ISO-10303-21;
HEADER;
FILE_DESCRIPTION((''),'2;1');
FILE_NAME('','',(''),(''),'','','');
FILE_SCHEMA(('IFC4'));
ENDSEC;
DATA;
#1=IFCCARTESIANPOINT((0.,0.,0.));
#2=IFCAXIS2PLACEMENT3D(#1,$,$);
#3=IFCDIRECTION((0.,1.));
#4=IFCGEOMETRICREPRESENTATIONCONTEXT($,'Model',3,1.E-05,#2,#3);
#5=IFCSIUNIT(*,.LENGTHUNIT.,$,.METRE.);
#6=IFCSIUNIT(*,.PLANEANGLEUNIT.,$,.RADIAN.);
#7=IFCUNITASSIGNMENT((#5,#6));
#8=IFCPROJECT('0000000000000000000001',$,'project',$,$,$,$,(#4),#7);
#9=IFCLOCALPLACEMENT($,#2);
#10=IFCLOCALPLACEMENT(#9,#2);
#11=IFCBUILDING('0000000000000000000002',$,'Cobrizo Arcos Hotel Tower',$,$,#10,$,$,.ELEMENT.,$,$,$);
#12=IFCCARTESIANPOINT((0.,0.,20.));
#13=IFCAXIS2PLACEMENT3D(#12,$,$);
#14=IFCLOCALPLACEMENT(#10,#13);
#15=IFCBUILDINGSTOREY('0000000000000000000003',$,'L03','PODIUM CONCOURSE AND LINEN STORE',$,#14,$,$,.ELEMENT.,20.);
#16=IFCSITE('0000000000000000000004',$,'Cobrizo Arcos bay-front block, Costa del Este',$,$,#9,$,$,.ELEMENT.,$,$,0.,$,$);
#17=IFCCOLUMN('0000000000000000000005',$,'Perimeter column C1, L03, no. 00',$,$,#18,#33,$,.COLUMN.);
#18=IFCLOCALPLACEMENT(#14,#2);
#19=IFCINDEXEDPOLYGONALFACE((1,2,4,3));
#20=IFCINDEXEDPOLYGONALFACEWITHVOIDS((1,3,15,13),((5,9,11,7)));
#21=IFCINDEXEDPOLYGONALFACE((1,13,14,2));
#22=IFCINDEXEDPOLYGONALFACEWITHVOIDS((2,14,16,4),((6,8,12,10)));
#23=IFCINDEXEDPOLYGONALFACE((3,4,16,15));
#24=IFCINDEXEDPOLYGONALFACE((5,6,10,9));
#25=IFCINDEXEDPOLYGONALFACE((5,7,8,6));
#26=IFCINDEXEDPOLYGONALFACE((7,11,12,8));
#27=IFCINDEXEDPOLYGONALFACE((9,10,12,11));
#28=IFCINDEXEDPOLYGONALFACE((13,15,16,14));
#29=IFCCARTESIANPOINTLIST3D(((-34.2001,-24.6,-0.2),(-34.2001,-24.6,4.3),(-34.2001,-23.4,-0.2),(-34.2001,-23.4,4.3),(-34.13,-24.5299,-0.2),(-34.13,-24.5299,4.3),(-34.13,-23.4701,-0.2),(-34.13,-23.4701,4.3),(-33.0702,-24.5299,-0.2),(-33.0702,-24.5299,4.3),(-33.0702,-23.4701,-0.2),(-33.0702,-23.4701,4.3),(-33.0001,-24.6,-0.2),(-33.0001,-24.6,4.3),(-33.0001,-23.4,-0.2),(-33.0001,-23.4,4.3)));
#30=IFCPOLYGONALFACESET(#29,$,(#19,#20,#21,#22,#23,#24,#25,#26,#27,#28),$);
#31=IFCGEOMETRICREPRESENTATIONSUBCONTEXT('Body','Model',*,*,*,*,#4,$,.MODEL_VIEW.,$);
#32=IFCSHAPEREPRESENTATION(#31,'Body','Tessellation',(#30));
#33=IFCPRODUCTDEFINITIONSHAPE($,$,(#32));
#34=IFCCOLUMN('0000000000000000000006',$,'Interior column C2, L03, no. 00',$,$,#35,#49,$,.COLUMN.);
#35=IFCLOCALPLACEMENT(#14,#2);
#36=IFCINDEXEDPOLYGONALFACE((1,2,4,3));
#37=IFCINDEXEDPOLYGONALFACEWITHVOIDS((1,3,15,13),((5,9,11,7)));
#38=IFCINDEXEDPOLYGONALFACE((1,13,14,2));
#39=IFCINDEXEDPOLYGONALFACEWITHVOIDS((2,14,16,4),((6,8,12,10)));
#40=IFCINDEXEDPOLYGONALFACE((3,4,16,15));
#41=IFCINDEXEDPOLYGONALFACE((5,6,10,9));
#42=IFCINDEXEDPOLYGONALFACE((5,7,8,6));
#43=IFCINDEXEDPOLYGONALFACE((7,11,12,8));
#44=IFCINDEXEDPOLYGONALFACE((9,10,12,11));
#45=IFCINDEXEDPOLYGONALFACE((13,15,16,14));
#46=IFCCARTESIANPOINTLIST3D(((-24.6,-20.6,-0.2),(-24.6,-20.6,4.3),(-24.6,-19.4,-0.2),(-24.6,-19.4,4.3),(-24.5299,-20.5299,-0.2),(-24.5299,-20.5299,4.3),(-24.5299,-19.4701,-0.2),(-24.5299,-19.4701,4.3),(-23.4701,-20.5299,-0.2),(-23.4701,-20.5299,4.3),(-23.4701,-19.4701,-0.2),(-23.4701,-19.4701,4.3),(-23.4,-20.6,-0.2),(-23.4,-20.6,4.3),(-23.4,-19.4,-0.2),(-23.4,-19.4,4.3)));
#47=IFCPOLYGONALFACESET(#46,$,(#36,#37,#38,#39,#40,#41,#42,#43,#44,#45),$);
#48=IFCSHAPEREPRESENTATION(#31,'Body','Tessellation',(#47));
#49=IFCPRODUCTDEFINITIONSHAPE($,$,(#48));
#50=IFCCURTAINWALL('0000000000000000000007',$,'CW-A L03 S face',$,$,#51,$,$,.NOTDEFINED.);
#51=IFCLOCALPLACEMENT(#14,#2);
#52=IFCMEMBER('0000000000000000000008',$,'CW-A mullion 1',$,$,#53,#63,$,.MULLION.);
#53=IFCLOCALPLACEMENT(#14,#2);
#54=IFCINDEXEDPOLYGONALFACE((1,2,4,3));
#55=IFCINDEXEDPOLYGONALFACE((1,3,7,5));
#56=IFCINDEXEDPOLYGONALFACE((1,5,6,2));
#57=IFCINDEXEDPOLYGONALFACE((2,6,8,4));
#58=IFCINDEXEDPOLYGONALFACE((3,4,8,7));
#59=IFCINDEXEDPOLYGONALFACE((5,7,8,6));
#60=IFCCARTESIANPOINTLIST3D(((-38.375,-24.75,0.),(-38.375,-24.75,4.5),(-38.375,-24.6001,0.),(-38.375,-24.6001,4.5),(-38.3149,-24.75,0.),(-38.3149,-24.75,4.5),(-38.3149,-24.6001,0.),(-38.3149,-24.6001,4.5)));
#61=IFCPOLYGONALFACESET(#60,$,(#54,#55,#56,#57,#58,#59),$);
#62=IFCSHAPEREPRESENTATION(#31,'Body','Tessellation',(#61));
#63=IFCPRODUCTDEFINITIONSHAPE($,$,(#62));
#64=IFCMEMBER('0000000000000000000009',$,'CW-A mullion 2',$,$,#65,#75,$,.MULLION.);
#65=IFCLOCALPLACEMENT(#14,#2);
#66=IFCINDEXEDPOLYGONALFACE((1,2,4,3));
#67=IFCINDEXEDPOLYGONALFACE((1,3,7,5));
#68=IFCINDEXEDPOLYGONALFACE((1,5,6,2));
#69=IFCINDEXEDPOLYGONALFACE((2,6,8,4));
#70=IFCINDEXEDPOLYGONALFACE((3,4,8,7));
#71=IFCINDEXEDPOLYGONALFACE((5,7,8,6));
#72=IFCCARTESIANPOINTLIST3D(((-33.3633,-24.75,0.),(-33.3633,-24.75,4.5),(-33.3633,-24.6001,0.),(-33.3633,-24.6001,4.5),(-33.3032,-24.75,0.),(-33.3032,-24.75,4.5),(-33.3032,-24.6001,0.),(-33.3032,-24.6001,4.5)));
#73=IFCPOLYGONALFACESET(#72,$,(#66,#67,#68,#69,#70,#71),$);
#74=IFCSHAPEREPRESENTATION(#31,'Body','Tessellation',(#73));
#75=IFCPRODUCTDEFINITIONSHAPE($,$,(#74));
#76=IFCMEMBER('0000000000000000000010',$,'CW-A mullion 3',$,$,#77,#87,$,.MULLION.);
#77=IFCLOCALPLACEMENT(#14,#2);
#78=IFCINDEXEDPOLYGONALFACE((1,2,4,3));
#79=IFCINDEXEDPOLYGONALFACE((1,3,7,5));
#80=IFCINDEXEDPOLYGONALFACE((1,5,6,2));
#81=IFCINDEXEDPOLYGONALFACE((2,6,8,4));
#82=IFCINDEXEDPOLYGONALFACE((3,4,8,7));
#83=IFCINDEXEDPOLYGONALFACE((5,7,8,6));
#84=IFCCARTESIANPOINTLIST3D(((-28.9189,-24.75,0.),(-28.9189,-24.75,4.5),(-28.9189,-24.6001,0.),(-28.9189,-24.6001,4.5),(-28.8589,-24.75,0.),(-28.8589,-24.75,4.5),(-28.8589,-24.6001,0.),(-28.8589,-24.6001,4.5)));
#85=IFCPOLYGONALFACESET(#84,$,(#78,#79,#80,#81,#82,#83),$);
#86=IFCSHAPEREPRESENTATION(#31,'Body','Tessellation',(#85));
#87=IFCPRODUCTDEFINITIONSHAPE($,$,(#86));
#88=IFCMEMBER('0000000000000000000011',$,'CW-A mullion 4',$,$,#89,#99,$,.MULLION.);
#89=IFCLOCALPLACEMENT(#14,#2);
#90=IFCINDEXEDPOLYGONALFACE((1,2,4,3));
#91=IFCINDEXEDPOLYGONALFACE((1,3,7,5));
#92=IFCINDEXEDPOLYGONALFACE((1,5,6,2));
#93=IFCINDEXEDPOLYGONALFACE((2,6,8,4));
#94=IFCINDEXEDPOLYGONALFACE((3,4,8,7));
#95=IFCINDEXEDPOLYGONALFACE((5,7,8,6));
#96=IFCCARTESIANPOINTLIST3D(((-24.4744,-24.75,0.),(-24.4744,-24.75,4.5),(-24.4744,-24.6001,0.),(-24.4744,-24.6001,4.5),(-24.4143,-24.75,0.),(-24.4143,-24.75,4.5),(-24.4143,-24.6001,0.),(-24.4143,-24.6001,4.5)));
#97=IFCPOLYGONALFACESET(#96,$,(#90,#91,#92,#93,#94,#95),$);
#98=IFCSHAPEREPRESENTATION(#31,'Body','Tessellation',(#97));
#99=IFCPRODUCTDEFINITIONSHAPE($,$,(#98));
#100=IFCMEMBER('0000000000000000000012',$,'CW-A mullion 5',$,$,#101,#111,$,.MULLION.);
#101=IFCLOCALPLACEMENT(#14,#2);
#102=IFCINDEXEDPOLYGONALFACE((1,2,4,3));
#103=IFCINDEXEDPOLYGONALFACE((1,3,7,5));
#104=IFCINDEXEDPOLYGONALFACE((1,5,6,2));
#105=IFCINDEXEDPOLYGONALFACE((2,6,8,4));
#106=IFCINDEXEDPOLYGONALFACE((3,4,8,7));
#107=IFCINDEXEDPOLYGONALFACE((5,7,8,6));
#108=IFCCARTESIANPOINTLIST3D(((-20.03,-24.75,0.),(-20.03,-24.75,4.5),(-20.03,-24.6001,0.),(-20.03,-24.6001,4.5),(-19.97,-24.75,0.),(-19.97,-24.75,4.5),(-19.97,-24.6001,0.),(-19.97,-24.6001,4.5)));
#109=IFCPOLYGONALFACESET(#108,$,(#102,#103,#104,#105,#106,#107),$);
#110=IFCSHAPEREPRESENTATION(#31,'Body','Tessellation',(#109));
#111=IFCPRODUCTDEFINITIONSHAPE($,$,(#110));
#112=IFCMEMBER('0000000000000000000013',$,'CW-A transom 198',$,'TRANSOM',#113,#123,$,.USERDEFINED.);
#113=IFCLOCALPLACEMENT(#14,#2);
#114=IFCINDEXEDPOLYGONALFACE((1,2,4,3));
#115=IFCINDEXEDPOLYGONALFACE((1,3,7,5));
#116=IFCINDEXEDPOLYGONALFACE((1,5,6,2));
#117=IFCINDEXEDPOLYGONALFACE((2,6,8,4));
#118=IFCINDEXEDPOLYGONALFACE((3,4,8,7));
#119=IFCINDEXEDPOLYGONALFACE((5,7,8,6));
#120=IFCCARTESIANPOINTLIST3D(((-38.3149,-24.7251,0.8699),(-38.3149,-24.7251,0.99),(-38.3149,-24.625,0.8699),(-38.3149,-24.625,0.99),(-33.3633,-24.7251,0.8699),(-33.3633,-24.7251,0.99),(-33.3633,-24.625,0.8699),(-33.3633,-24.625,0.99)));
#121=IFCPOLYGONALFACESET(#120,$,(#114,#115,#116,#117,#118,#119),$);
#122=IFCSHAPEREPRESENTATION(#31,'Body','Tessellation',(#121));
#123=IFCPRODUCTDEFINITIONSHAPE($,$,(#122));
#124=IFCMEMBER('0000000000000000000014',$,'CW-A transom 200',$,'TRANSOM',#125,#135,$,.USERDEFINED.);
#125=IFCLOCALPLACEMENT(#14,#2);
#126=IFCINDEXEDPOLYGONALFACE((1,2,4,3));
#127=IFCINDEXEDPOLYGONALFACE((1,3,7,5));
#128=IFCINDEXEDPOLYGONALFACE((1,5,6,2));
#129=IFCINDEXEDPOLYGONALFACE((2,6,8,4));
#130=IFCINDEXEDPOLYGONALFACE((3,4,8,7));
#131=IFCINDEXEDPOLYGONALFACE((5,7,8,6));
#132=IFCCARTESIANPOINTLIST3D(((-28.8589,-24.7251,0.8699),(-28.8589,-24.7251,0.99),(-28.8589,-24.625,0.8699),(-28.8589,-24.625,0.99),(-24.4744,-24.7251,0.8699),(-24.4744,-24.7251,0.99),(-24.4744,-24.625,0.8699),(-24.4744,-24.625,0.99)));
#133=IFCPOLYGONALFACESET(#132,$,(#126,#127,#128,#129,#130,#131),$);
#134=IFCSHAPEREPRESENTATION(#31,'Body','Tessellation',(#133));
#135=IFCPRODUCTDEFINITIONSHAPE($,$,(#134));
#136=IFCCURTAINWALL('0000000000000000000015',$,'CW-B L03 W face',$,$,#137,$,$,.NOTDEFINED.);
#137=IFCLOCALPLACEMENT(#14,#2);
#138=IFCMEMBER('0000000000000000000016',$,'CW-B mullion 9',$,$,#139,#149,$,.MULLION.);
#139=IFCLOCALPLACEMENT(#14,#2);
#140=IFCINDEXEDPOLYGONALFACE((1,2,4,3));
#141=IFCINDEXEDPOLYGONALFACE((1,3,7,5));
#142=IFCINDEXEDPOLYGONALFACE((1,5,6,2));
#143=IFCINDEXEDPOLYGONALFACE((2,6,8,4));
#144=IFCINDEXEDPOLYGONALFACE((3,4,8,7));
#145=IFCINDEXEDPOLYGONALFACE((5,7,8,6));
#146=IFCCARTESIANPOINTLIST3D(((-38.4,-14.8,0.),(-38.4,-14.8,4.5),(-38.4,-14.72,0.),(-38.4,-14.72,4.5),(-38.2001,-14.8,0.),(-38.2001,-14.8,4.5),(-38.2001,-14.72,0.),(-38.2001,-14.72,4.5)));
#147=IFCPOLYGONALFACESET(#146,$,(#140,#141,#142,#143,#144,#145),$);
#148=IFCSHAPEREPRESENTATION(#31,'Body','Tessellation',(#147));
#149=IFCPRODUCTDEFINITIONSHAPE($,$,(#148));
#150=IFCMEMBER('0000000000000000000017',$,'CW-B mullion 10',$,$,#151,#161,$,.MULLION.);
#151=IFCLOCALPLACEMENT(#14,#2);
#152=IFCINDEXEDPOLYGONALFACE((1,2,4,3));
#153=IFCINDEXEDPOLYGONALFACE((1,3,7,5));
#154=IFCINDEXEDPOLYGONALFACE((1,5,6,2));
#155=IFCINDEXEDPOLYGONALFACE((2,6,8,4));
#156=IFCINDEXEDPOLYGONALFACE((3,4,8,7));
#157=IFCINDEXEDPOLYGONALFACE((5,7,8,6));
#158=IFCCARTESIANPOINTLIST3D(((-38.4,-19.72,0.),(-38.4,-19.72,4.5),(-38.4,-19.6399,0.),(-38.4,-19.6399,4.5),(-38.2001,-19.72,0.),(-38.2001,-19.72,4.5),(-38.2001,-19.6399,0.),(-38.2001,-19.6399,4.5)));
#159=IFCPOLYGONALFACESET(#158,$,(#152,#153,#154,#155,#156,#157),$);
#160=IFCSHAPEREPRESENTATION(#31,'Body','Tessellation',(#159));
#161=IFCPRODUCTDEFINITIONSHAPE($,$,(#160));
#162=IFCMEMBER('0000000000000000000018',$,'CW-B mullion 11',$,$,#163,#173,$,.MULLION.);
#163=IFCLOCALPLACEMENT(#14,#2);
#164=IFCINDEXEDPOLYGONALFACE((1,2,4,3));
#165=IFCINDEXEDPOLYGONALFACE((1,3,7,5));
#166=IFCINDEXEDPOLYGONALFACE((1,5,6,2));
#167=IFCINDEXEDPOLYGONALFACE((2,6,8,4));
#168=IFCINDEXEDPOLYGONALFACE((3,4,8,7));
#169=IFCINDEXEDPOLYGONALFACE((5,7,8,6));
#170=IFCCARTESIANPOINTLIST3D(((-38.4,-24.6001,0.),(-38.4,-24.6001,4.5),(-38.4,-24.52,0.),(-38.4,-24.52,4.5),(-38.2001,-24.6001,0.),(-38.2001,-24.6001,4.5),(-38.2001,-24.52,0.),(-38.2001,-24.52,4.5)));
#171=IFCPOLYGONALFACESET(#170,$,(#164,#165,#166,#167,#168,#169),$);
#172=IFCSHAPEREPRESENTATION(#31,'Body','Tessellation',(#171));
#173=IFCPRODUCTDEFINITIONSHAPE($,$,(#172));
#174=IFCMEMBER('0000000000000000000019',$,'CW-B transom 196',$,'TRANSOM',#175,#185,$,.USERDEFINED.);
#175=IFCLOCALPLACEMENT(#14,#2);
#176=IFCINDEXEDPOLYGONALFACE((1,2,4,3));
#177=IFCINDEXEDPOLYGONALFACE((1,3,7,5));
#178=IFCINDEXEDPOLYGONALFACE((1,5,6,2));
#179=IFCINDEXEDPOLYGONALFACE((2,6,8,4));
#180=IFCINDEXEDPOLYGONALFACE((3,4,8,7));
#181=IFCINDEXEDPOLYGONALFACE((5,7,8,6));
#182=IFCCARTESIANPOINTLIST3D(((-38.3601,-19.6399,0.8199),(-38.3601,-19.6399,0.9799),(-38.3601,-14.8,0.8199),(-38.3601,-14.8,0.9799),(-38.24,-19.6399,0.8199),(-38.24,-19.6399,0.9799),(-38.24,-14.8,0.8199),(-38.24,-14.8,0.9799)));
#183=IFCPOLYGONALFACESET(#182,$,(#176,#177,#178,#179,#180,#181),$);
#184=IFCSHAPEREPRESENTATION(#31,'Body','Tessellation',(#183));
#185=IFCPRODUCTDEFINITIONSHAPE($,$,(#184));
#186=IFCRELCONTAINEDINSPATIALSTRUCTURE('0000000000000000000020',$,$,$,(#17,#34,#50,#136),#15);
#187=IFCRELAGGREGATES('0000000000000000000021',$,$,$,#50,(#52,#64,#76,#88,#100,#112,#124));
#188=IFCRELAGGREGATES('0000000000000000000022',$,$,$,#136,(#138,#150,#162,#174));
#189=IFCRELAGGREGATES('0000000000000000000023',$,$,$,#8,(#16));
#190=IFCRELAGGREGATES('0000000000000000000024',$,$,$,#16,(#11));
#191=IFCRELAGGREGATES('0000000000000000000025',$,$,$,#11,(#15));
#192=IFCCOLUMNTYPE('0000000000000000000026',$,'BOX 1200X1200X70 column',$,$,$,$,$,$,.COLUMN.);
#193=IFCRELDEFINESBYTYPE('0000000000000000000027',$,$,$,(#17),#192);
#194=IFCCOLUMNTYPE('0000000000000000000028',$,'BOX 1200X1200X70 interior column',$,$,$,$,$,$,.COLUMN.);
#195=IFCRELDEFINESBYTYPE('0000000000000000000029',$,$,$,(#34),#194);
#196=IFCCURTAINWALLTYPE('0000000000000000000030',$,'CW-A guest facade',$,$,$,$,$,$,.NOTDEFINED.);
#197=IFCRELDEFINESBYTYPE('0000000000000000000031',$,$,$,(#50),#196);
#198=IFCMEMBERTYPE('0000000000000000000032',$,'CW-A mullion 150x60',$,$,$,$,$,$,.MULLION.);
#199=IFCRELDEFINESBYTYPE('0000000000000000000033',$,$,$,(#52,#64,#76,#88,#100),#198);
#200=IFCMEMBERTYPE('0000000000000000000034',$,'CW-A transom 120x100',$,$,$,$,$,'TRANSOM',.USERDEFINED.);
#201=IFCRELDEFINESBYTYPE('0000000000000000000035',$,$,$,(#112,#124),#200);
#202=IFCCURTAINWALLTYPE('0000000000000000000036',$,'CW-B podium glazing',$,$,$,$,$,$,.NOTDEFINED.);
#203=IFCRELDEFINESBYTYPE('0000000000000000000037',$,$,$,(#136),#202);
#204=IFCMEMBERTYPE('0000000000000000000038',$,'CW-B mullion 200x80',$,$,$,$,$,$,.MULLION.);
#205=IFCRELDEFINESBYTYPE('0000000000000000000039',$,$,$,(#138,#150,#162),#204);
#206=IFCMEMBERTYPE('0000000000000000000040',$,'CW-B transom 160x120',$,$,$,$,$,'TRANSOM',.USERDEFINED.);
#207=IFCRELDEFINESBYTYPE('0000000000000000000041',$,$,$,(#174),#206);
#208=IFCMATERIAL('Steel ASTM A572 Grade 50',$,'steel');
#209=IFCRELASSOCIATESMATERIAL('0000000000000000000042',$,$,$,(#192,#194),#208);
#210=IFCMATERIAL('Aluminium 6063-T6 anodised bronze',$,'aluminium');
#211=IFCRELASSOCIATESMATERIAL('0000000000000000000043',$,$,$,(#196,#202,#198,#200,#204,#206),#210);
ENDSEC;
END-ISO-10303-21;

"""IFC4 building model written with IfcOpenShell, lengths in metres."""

from ifc_helpers import new_model, si_unit, direction, frame, origin, origin_2d, place, context, subcontext, project, spatial, rectangle, hollow_rectangle, extrude, material, material_profile, profile_set, type_object, element, aggregate, save


model = new_model("IFC4")

# Units and contexts
model_context = context("Model", 3, precision=1e-05, world=origin(), true_north=direction((0.0, 1.0)))
body_context = subcontext(model_context, "Body", "Model", "MODEL_VIEW")
ifc_project = project(units=[si_unit("LENGTHUNIT", "METRE"), si_unit("PLANEANGLEUNIT", "RADIAN")], contexts=[model_context])

# Site, building, storey
site_placement = place(None, origin())
site = spatial("IfcSite", under=ifc_project, at=site_placement, Name="Cobrizo Arcos bay-front block, Costa del Este", CompositionType="ELEMENT", RefElevation=0.0)
building_placement = place(site_placement, origin())
building = spatial("IfcBuilding", under=site, at=building_placement, Name="Cobrizo Arcos Hotel Tower", CompositionType="ELEMENT")
storey_placement = place(building_placement, frame((0.0, 0.0, 20.0)))
storey = spatial("IfcBuildingStorey", under=building, at=storey_placement, Name="L03", Description="PODIUM CONCOURSE AND LINEN STORE", CompositionType="ELEMENT", Elevation=20.0)

# Columns
ifc_material_1 = material(Name="Steel ASTM A572 Grade 50", Category="steel")
ifc_material_profile_1 = material_profile(ifc_material_1, hollow_rectangle(XDim=1.2, YDim=1.2, WallThickness=0.0701, at=origin_2d()), Name="BOX 1200X1200X70")
ifc_profile_set_1 = profile_set([ifc_material_profile_1], Name="Steel ASTM A572 Grade 50")
column_type_1 = type_object("IfcColumnType", Name="BOX 1200X1200X70 column", PredefinedType="COLUMN", material=ifc_profile_set_1)
column_1_placement = place(storey_placement, frame((-33.6001, -24.0, -0.2), z_axis=(0.0, 0.0, 1.0), x_axis=(1.0, 0.0, 0.0)))
element("IfcColumn", 1, at=column_1_placement, inside=storey, type_object=column_type_1, Name="Perimeter column C1, L03, no. 00", PredefinedType="COLUMN", context=body_context, shape_type="SweptSolid", body=[
    extrude(hollow_rectangle(XDim=1.2, YDim=1.2, WallThickness=0.0701, at=origin_2d()), origin(), (0.0, 0.0, 1.0), 4.5),
])
ifc_material_profile_2 = material_profile(ifc_material_1, hollow_rectangle(XDim=1.2, YDim=1.2, WallThickness=0.0701, at=origin_2d()), Name="BOX 1200X1200X70")
ifc_profile_set_2 = profile_set([ifc_material_profile_2], Name="Steel ASTM A572 Grade 50")
column_type_2 = type_object("IfcColumnType", Name="BOX 1200X1200X70 interior column", PredefinedType="COLUMN", material=ifc_profile_set_2)
column_2_placement = place(storey_placement, frame((-24.0, -20.0, -0.2), z_axis=(0.0, 0.0, 1.0), x_axis=(1.0, 0.0, 0.0)))
element("IfcColumn", 2, at=column_2_placement, inside=storey, type_object=column_type_2, Name="Interior column C2, L03, no. 00", PredefinedType="COLUMN", context=body_context, shape_type="SweptSolid", body=[
    extrude(hollow_rectangle(XDim=1.2, YDim=1.2, WallThickness=0.0701, at=origin_2d()), origin(), (0.0, 0.0, 1.0), 4.5),
])

# Curtain walls, members
ifc_material_2 = material(Name="Aluminium 6063-T6 anodised bronze", Category="aluminium")
curtain_wall_type_1 = type_object("IfcCurtainWallType", Name="CW-A guest facade", PredefinedType="NOTDEFINED", material=ifc_material_2)
curtain_wall_1_placement = place(storey_placement, origin())
curtain_wall_1 = element("IfcCurtainWall", 3, at=curtain_wall_1_placement, inside=storey, type_object=curtain_wall_type_1, Name="CW-A L03 S face", PredefinedType="NOTDEFINED")
ifc_material_profile_3 = material_profile(ifc_material_2, rectangle(XDim=0.1499, YDim=0.0601, at=origin_2d()), Name="CW-A mullion 150x60")
ifc_profile_set_3 = profile_set([ifc_material_profile_3], Name="Aluminium 6063-T6 anodised bronze")
member_type_1 = type_object("IfcMemberType", Name="CW-A mullion 150x60", PredefinedType="MULLION", material=ifc_profile_set_3)
member_1_placement = place(storey_placement, frame((-38.345, -24.675, 0.0), z_axis=(0.0, 0.0, 1.0), x_axis=(0.0, -1.0, 0.0)))
member_1 = element("IfcMember", 4, at=member_1_placement, type_object=member_type_1, Name="CW-A mullion 1", PredefinedType="MULLION", context=body_context, shape_type="SweptSolid", body=[
    extrude(rectangle(XDim=0.1499, YDim=0.0601, at=origin_2d()), origin(), (0.0, 0.0, 1.0), 4.5),
])
member_2_placement = place(storey_placement, frame((-33.3333, -24.675, 0.0), z_axis=(0.0, 0.0, 1.0), x_axis=(0.0, -1.0, 0.0)))
member_2 = element("IfcMember", 5, at=member_2_placement, type_object=member_type_1, Name="CW-A mullion 2", PredefinedType="MULLION", context=body_context, shape_type="SweptSolid", body=[
    extrude(rectangle(XDim=0.1499, YDim=0.0601, at=origin_2d()), origin(), (0.0, 0.0, 1.0), 4.5),
])
member_3_placement = place(storey_placement, frame((-28.8889, -24.675, 0.0), z_axis=(0.0, 0.0, 1.0), x_axis=(0.0, -1.0, 0.0)))
member_3 = element("IfcMember", 6, at=member_3_placement, type_object=member_type_1, Name="CW-A mullion 3", PredefinedType="MULLION", context=body_context, shape_type="SweptSolid", body=[
    extrude(rectangle(XDim=0.1499, YDim=0.0601, at=origin_2d()), origin(), (0.0, 0.0, 1.0), 4.5),
])
member_4_placement = place(storey_placement, frame((-24.4443, -24.675, 0.0), z_axis=(0.0, 0.0, 1.0), x_axis=(0.0, -1.0, 0.0)))
member_4 = element("IfcMember", 7, at=member_4_placement, type_object=member_type_1, Name="CW-A mullion 4", PredefinedType="MULLION", context=body_context, shape_type="SweptSolid", body=[
    extrude(rectangle(XDim=0.1499, YDim=0.0601, at=origin_2d()), origin(), (0.0, 0.0, 1.0), 4.5),
])
member_5_placement = place(storey_placement, frame((-20.0, -24.675, 0.0), z_axis=(0.0, 0.0, 1.0), x_axis=(0.0, -1.0, 0.0)))
member_5 = element("IfcMember", 8, at=member_5_placement, type_object=member_type_1, Name="CW-A mullion 5", PredefinedType="MULLION", context=body_context, shape_type="SweptSolid", body=[
    extrude(rectangle(XDim=0.1499, YDim=0.0601, at=origin_2d()), origin(), (0.0, 0.0, 1.0), 4.5),
])
ifc_material_profile_4 = material_profile(ifc_material_2, rectangle(XDim=0.1001, YDim=0.1201, at=origin_2d()), Name="CW-A transom 120x100")
ifc_profile_set_4 = profile_set([ifc_material_profile_4], Name="Aluminium 6063-T6 anodised bronze")
member_type_2 = type_object("IfcMemberType", Name="CW-A transom 120x100", ElementType="TRANSOM", PredefinedType="USERDEFINED", material=ifc_profile_set_4)
member_6_placement = place(storey_placement, frame((-38.3149, -24.675, 0.9299), z_axis=(1.0, 0.0, 0.0), x_axis=(0.0, 1.0, 0.0)))
member_6 = element("IfcMember", 9, at=member_6_placement, type_object=member_type_2, Name="CW-A transom 198", ObjectType="TRANSOM", PredefinedType="USERDEFINED", context=body_context, shape_type="SweptSolid", body=[
    extrude(rectangle(XDim=0.1001, YDim=0.1201, at=origin_2d()), origin(), (0.0, 0.0, 1.0), 4.9517),
])
member_7_placement = place(storey_placement, frame((-28.8589, -24.675, 0.9299), z_axis=(1.0, 0.0, 0.0), x_axis=(0.0, 1.0, 0.0)))
member_7 = element("IfcMember", 10, at=member_7_placement, type_object=member_type_2, Name="CW-A transom 200", ObjectType="TRANSOM", PredefinedType="USERDEFINED", context=body_context, shape_type="SweptSolid", body=[
    extrude(rectangle(XDim=0.1001, YDim=0.1201, at=origin_2d()), origin(), (0.0, 0.0, 1.0), 4.3845),
])
curtain_wall_type_2 = type_object("IfcCurtainWallType", Name="CW-B podium glazing", PredefinedType="NOTDEFINED", material=ifc_material_2)
curtain_wall_2_placement = place(storey_placement, origin())
curtain_wall_2 = element("IfcCurtainWall", 11, at=curtain_wall_2_placement, inside=storey, type_object=curtain_wall_type_2, Name="CW-B L03 W face", PredefinedType="NOTDEFINED")
ifc_material_profile_5 = material_profile(ifc_material_2, rectangle(XDim=0.2, YDim=0.0801, at=origin_2d()), Name="CW-B mullion 200x80")
ifc_profile_set_5 = profile_set([ifc_material_profile_5], Name="Aluminium 6063-T6 anodised bronze")
member_type_3 = type_object("IfcMemberType", Name="CW-B mullion 200x80", PredefinedType="MULLION", material=ifc_profile_set_5)
member_8_placement = place(storey_placement, frame((-38.3, -14.76, 0.0), z_axis=(0.0, 0.0, 1.0), x_axis=(-1.0, 0.0, 0.0)))
member_8 = element("IfcMember", 12, at=member_8_placement, type_object=member_type_3, Name="CW-B mullion 9", PredefinedType="MULLION", context=body_context, shape_type="SweptSolid", body=[
    extrude(rectangle(XDim=0.2, YDim=0.0801, at=origin_2d()), origin(), (0.0, 0.0, 1.0), 4.5),
])
member_9_placement = place(storey_placement, frame((-38.3, -19.6799, 0.0), z_axis=(0.0, 0.0, 1.0), x_axis=(-1.0, 0.0, 0.0)))
member_9 = element("IfcMember", 13, at=member_9_placement, type_object=member_type_3, Name="CW-B mullion 10", PredefinedType="MULLION", context=body_context, shape_type="SweptSolid", body=[
    extrude(rectangle(XDim=0.2, YDim=0.0801, at=origin_2d()), origin(), (0.0, 0.0, 1.0), 4.5),
])
member_10_placement = place(storey_placement, frame((-38.3, -24.5601, 0.0), z_axis=(0.0, 0.0, 1.0), x_axis=(-1.0, 0.0, 0.0)))
member_10 = element("IfcMember", 14, at=member_10_placement, type_object=member_type_3, Name="CW-B mullion 11", PredefinedType="MULLION", context=body_context, shape_type="SweptSolid", body=[
    extrude(rectangle(XDim=0.2, YDim=0.0801, at=origin_2d()), origin(), (0.0, 0.0, 1.0), 4.5),
])
ifc_material_profile_6 = material_profile(ifc_material_2, rectangle(XDim=0.1201, YDim=0.1599, at=origin_2d()), Name="CW-B transom 160x120")
ifc_profile_set_6 = profile_set([ifc_material_profile_6], Name="Aluminium 6063-T6 anodised bronze")
member_type_4 = type_object("IfcMemberType", Name="CW-B transom 160x120", ElementType="TRANSOM", PredefinedType="USERDEFINED", material=ifc_profile_set_6)
member_11_placement = place(storey_placement, frame((-38.3, -14.8, 0.8999), z_axis=(0.0, -1.0, 0.0), x_axis=(1.0, 0.0, 0.0)))
member_11 = element("IfcMember", 15, at=member_11_placement, type_object=member_type_4, Name="CW-B transom 196", ObjectType="TRANSOM", PredefinedType="USERDEFINED", context=body_context, shape_type="SweptSolid", body=[
    extrude(rectangle(XDim=0.1201, YDim=0.1599, at=origin_2d()), origin(), (0.0, 0.0, 1.0), 4.8398),
])

aggregate(curtain_wall_1, [member_1, member_2, member_3, member_4, member_5, member_6, member_7])
aggregate(curtain_wall_2, [member_8, member_9, member_10, member_11])

save(model, "model.ifc")
